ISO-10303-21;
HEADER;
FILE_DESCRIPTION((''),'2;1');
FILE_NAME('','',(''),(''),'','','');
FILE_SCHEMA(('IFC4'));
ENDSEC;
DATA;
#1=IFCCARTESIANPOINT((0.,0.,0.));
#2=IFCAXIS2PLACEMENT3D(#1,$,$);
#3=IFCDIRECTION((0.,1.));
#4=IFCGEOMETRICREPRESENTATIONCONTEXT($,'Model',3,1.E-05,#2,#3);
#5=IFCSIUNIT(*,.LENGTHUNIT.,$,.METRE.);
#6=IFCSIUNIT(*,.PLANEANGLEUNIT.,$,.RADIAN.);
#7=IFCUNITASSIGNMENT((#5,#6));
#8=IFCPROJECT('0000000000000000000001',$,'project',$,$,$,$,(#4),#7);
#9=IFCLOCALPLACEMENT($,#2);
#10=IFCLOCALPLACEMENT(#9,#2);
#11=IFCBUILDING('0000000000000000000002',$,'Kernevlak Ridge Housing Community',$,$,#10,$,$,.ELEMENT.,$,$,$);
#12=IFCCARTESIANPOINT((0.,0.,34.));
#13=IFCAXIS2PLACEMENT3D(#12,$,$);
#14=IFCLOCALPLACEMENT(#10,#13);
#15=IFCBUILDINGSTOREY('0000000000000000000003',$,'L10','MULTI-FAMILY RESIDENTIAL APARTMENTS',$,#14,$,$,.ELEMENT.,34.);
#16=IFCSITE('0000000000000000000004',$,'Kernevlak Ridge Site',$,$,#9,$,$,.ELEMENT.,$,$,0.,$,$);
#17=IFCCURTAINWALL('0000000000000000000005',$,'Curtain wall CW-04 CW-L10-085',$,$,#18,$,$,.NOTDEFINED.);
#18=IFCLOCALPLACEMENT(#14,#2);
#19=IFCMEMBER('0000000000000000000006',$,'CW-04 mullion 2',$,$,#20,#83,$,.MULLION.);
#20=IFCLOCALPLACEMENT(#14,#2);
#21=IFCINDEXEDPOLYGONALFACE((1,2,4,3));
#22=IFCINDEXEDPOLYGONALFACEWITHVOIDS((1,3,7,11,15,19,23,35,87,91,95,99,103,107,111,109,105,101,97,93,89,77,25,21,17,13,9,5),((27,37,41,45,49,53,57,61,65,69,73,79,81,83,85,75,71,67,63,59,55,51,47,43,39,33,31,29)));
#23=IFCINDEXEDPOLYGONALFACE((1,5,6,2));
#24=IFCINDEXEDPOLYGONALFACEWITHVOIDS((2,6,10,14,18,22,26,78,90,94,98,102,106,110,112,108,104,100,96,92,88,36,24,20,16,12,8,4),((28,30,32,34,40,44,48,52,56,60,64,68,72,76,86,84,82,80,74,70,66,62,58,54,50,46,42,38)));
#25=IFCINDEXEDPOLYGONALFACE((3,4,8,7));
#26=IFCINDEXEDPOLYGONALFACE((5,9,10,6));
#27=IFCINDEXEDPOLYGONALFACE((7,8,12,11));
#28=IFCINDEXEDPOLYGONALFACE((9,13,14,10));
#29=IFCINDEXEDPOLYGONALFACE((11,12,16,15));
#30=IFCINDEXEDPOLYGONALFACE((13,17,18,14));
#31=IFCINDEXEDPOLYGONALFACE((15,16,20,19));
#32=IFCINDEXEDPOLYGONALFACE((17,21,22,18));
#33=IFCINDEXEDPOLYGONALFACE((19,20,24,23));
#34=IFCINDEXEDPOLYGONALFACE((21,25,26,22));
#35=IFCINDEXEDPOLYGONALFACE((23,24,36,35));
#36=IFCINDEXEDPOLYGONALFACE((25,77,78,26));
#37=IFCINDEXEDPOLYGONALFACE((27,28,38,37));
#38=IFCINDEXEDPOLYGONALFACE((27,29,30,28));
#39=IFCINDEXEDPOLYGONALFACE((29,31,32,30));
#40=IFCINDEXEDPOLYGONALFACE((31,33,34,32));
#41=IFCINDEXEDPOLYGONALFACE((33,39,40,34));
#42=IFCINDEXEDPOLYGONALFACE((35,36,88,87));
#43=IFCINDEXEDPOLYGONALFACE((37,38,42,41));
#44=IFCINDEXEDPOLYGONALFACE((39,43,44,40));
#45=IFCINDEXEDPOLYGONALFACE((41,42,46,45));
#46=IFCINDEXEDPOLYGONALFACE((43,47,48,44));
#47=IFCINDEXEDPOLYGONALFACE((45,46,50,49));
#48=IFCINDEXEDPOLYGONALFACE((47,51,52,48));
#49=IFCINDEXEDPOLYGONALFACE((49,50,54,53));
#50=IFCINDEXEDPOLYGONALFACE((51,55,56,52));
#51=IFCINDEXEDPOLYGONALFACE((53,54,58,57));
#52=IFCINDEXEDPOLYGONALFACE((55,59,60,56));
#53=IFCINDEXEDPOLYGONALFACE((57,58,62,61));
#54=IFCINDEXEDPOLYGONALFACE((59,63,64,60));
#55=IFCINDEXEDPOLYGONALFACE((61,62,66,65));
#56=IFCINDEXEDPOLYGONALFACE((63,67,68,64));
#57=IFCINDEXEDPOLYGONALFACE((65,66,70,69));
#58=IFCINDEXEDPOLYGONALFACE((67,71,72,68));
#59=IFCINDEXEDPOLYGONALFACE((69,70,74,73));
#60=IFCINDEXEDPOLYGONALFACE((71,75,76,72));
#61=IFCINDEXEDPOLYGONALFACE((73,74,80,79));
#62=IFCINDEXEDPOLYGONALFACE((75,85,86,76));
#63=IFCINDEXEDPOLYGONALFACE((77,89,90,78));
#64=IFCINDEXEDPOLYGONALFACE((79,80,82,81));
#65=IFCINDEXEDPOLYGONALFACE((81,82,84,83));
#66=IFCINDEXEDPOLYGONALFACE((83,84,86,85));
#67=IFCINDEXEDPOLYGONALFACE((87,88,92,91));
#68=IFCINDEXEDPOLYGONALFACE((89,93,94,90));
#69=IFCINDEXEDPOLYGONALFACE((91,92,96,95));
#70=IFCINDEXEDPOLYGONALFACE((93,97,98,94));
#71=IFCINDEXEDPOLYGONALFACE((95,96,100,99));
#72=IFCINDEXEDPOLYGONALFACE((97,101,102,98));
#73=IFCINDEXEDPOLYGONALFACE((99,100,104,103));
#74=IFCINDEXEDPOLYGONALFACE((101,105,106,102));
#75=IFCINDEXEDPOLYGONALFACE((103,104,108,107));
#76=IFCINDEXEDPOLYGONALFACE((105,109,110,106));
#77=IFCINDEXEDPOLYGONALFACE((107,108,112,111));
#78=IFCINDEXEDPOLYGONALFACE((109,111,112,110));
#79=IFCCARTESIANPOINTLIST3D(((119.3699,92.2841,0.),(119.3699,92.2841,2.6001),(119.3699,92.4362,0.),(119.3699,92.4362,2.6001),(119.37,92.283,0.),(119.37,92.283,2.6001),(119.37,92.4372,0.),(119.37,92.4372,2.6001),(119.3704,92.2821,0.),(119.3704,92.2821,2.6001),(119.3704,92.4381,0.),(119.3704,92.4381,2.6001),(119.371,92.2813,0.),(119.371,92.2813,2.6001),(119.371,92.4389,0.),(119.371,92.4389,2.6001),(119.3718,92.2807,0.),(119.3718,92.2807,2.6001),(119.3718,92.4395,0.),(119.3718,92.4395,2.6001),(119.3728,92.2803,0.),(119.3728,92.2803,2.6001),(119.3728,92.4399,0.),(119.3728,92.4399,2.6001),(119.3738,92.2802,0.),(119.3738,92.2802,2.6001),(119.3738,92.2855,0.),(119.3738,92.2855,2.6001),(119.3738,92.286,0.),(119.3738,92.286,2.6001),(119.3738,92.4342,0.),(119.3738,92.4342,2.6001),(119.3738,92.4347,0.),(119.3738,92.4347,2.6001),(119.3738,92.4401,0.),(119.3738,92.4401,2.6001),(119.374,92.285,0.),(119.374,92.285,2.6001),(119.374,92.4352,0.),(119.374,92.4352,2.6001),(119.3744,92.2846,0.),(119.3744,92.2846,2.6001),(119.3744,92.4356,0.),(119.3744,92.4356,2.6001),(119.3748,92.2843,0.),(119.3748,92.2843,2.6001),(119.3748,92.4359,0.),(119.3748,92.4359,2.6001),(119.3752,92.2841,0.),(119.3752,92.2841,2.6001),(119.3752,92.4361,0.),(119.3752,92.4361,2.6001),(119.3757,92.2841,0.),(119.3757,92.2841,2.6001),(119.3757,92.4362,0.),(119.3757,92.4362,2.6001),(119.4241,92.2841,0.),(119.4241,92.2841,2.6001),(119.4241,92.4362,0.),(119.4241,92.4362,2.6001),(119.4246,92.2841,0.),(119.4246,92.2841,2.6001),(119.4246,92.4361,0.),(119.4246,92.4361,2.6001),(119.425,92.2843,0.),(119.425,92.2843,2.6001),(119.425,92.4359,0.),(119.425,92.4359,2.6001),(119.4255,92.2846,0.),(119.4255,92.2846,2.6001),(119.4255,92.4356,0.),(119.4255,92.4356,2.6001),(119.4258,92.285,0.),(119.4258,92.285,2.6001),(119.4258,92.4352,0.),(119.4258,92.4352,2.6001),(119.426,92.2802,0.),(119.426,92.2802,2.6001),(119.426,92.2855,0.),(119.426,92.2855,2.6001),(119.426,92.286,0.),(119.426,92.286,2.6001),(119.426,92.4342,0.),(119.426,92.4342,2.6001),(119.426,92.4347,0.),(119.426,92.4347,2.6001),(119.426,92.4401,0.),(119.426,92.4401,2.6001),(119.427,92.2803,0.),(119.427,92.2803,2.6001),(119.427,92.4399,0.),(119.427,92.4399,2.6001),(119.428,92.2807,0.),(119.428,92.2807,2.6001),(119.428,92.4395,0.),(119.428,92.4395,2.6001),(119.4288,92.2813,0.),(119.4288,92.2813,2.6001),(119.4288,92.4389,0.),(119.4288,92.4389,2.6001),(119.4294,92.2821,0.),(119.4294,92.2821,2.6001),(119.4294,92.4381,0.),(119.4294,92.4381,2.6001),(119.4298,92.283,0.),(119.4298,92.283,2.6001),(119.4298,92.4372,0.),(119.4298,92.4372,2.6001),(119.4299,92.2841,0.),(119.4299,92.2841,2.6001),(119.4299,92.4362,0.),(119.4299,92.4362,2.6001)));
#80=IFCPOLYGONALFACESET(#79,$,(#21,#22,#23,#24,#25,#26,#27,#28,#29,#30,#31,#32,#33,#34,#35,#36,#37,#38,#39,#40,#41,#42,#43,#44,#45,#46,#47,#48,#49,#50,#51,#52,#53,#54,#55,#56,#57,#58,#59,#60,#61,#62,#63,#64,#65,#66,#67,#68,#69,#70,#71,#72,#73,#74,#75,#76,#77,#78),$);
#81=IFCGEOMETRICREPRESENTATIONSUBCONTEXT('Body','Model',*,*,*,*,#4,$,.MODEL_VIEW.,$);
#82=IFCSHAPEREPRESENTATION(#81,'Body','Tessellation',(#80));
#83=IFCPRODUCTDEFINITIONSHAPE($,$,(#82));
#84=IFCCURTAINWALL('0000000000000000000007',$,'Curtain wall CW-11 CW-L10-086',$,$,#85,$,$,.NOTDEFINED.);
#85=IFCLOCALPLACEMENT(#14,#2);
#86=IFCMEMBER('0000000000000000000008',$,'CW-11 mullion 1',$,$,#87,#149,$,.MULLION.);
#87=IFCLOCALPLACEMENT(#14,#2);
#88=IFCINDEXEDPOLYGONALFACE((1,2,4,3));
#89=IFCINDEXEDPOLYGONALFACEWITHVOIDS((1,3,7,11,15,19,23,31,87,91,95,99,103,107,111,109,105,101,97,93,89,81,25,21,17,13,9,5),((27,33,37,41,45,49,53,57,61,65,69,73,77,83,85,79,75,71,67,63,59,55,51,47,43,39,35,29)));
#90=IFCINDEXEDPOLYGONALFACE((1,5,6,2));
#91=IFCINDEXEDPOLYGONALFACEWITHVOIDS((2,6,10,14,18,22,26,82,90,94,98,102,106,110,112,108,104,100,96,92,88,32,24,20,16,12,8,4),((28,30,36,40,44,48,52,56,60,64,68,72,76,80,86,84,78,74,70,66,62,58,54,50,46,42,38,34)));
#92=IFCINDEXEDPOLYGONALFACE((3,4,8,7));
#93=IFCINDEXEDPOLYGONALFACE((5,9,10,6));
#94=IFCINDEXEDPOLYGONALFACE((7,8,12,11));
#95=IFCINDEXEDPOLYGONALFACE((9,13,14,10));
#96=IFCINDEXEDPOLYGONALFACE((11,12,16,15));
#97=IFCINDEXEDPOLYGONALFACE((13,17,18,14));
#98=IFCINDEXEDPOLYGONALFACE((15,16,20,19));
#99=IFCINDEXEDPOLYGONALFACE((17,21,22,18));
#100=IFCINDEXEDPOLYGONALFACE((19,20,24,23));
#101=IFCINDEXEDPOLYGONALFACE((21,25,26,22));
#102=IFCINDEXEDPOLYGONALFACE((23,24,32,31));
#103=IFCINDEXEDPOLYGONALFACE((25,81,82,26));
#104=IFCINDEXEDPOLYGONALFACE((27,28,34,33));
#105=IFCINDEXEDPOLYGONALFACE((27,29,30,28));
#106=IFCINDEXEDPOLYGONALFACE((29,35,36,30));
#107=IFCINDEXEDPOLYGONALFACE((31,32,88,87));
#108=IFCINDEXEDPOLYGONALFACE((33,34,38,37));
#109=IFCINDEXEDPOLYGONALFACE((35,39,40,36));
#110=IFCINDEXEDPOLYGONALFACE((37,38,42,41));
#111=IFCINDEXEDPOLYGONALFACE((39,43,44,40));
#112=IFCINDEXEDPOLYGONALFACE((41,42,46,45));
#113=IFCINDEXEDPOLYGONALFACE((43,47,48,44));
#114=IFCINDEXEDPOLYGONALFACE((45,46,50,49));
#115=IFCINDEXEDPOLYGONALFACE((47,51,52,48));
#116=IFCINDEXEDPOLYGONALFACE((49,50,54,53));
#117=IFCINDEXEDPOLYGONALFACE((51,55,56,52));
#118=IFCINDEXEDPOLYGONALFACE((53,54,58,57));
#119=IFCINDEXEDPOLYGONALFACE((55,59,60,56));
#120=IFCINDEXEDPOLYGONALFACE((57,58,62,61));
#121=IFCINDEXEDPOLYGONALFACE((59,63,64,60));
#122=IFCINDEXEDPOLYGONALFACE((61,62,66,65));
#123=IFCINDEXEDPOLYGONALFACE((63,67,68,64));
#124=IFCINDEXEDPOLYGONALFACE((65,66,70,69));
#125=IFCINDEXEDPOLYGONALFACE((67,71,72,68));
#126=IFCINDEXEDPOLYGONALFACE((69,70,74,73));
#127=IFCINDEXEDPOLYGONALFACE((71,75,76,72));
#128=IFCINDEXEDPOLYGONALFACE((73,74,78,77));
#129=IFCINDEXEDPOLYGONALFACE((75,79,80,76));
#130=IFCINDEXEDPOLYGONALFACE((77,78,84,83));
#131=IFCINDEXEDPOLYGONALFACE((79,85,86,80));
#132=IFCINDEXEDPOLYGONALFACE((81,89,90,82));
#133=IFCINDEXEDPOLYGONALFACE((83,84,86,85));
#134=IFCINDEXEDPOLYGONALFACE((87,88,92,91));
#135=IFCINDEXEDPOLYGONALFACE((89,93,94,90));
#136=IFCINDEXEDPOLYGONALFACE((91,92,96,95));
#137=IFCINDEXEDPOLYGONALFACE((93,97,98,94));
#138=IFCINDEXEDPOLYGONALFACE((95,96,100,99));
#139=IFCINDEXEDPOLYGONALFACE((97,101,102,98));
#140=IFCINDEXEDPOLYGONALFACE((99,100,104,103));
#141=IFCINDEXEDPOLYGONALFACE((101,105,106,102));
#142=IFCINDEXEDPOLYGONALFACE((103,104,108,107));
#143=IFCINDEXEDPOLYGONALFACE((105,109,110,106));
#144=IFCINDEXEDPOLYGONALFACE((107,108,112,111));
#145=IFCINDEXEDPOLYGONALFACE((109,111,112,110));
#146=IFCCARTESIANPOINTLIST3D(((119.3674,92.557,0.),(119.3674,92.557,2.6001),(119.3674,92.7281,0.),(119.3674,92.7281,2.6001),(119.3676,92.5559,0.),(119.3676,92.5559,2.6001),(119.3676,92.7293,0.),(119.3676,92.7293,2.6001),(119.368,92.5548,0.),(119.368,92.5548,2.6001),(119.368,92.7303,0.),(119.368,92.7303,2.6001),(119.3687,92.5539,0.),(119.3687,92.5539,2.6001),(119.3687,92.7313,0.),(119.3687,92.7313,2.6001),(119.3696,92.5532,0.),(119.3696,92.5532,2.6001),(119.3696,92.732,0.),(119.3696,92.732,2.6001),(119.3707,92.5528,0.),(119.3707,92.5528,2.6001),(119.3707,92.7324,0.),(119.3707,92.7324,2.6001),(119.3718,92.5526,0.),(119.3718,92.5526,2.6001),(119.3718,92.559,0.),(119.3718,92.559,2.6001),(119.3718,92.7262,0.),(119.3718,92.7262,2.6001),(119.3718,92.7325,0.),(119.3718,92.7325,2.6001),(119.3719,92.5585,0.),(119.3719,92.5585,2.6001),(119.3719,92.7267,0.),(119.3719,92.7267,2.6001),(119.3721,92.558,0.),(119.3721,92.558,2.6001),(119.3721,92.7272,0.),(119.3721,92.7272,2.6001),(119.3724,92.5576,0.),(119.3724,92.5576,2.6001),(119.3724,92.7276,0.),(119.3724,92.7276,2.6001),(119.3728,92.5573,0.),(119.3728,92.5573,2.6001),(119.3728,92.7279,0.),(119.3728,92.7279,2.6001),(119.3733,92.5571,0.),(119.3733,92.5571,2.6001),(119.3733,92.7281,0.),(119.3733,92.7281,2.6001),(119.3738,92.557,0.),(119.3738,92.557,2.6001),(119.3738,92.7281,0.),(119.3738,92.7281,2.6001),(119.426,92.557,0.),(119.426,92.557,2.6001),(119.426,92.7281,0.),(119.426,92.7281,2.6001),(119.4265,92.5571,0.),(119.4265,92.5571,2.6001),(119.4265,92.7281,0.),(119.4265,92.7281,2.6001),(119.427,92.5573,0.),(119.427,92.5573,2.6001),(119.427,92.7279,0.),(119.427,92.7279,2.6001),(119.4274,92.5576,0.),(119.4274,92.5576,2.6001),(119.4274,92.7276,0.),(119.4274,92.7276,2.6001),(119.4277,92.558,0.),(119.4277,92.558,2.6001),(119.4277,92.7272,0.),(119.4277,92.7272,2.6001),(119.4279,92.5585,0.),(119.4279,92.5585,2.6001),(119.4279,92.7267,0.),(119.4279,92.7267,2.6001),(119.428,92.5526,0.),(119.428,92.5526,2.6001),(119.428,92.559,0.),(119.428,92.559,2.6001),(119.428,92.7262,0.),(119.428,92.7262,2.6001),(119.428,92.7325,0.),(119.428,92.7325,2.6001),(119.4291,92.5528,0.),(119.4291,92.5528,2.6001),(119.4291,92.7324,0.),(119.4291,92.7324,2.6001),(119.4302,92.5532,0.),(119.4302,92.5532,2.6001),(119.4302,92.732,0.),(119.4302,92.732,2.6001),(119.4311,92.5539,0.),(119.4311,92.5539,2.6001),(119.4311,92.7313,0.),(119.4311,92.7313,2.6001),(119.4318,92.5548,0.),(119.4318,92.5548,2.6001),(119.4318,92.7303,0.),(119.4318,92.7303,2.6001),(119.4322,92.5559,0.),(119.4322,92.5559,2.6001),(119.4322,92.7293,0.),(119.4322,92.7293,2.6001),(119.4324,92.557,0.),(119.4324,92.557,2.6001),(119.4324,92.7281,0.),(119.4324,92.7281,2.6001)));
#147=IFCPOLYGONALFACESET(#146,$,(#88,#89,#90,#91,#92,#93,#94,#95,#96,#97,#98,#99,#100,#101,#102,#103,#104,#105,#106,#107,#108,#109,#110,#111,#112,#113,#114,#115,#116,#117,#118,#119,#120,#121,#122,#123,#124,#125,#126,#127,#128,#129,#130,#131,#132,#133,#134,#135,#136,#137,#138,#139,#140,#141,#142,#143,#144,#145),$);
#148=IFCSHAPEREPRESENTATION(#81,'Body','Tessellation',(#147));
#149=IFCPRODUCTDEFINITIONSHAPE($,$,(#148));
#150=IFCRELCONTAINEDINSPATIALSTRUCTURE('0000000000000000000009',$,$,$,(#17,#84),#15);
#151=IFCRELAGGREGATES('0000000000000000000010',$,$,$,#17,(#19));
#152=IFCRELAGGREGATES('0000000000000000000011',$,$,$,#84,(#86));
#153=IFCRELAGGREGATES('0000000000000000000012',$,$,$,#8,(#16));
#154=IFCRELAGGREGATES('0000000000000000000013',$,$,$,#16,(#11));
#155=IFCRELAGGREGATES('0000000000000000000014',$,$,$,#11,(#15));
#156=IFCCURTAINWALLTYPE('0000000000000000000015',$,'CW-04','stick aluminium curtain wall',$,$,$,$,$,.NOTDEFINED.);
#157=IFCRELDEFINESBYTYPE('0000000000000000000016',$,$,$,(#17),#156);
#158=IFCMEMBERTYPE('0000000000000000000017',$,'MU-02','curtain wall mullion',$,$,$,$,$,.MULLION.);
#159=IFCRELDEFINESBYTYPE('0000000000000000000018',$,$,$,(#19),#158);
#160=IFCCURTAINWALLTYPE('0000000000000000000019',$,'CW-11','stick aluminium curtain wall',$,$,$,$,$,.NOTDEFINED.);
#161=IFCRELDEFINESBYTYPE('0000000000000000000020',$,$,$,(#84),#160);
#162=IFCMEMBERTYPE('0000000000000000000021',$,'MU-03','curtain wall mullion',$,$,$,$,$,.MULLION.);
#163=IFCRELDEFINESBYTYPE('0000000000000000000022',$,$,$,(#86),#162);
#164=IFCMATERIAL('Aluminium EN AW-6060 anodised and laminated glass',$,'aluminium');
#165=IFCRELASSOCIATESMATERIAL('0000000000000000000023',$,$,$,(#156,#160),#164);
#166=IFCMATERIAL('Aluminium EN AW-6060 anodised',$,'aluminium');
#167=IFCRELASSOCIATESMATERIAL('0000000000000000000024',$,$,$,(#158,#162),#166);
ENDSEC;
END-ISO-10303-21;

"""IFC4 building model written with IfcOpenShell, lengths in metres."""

from ifc_helpers import new_model, si_unit, direction, frame, origin, origin_2d, place, context, subcontext, project, spatial, hollow_rectangle, extrude, material, material_profile, profile_set, type_object, element, aggregate, save


model = new_model("IFC4")

# Units and contexts
model_context = context("Model", 3, precision=1e-05, world=origin(), true_north=direction((0.0, 1.0)))
body_context = subcontext(model_context, "Body", "Model", "MODEL_VIEW")
ifc_project = project(units=[si_unit("LENGTHUNIT", "METRE"), si_unit("PLANEANGLEUNIT", "RADIAN")], contexts=[model_context])

# Site, building, storey
site_placement = place(None, origin())
site = spatial("IfcSite", under=ifc_project, at=site_placement, Name="Kernevlak Ridge Site", CompositionType="ELEMENT", RefElevation=0.0)
building_placement = place(site_placement, origin())
building = spatial("IfcBuilding", under=site, at=building_placement, Name="Kernevlak Ridge Housing Community", CompositionType="ELEMENT")
storey_placement = place(building_placement, frame((0.0, 0.0, 34.0)))
storey = spatial("IfcBuildingStorey", under=building, at=storey_placement, Name="L10", Description="MULTI-FAMILY RESIDENTIAL APARTMENTS", CompositionType="ELEMENT", Elevation=34.0)

# Curtain wall, member
ifc_material_1 = material(Name="Aluminium EN AW-6060 anodised and laminated glass", Category="aluminium")
curtain_wall_type_1 = type_object("IfcCurtainWallType", Name="CW-04", Description="stick aluminium curtain wall", PredefinedType="NOTDEFINED", material=ifc_material_1)
curtain_wall_1_placement = place(storey_placement, origin())
curtain_wall_1 = element("IfcCurtainWall", 1, at=curtain_wall_1_placement, inside=storey, type_object=curtain_wall_type_1, Name="Curtain wall CW-04 CW-L10-085", PredefinedType="NOTDEFINED")
ifc_material_2 = material(Name="Aluminium EN AW-6060 anodised", Category="aluminium")
ifc_material_profile_1 = material_profile(ifc_material_2, hollow_rectangle(XDim=0.0601, YDim=0.1599, WallThickness=0.0039, InnerFilletRadius=0.002, OuterFilletRadius=0.0039, at=origin_2d()), Name="ALU 60x160x4")
ifc_profile_set_1 = profile_set([ifc_material_profile_1], Name="Aluminium EN AW-6060 anodised")
member_type_1 = type_object("IfcMemberType", Name="MU-02", Description="curtain wall mullion", PredefinedType="MULLION", material=ifc_profile_set_1)
member_1_placement = place(storey_placement, frame((119.3999, 92.3601, 0.0), z_axis=(0.0, 0.0, 1.0), x_axis=(-1.0, 0.0, 0.0)))
member_1 = element("IfcMember", 2, at=member_1_placement, type_object=member_type_1, Name="CW-04 mullion 2", PredefinedType="MULLION", context=body_context, shape_type="SweptSolid", body=[
    extrude(hollow_rectangle(XDim=0.0601, YDim=0.1599, WallThickness=0.0039, InnerFilletRadius=0.002, OuterFilletRadius=0.0039, at=origin_2d()), origin(), (0.0, 0.0, 1.0), 2.6001),
])

# Curtain wall, member
curtain_wall_type_2 = type_object("IfcCurtainWallType", Name="CW-11", Description="stick aluminium curtain wall", PredefinedType="NOTDEFINED", material=ifc_material_1)
curtain_wall_2_placement = place(storey_placement, origin())
curtain_wall_2 = element("IfcCurtainWall", 3, at=curtain_wall_2_placement, inside=storey, type_object=curtain_wall_type_2, Name="Curtain wall CW-11 CW-L10-086", PredefinedType="NOTDEFINED")
ifc_material_profile_2 = material_profile(ifc_material_2, hollow_rectangle(XDim=0.0649, YDim=0.1799, WallThickness=0.0044, InnerFilletRadius=0.002, OuterFilletRadius=0.0044, at=origin_2d()), Name="ALU 65x180x4.5")
ifc_profile_set_2 = profile_set([ifc_material_profile_2], Name="Aluminium EN AW-6060 anodised")
member_type_2 = type_object("IfcMemberType", Name="MU-03", Description="curtain wall mullion", PredefinedType="MULLION", material=ifc_profile_set_2)
member_2_placement = place(storey_placement, frame((119.3999, 92.6426, 0.0), z_axis=(0.0, 0.0, 1.0), x_axis=(-1.0, 0.0, 0.0)))
member_2 = element("IfcMember", 4, at=member_2_placement, type_object=member_type_2, Name="CW-11 mullion 1", PredefinedType="MULLION", context=body_context, shape_type="SweptSolid", body=[
    extrude(hollow_rectangle(XDim=0.0649, YDim=0.1799, WallThickness=0.0044, InnerFilletRadius=0.002, OuterFilletRadius=0.0044, at=origin_2d()), origin(), (0.0, 0.0, 1.0), 2.6001),
])

aggregate(curtain_wall_1, [member_1])
aggregate(curtain_wall_2, [member_2])

save(model, "model.ifc")
